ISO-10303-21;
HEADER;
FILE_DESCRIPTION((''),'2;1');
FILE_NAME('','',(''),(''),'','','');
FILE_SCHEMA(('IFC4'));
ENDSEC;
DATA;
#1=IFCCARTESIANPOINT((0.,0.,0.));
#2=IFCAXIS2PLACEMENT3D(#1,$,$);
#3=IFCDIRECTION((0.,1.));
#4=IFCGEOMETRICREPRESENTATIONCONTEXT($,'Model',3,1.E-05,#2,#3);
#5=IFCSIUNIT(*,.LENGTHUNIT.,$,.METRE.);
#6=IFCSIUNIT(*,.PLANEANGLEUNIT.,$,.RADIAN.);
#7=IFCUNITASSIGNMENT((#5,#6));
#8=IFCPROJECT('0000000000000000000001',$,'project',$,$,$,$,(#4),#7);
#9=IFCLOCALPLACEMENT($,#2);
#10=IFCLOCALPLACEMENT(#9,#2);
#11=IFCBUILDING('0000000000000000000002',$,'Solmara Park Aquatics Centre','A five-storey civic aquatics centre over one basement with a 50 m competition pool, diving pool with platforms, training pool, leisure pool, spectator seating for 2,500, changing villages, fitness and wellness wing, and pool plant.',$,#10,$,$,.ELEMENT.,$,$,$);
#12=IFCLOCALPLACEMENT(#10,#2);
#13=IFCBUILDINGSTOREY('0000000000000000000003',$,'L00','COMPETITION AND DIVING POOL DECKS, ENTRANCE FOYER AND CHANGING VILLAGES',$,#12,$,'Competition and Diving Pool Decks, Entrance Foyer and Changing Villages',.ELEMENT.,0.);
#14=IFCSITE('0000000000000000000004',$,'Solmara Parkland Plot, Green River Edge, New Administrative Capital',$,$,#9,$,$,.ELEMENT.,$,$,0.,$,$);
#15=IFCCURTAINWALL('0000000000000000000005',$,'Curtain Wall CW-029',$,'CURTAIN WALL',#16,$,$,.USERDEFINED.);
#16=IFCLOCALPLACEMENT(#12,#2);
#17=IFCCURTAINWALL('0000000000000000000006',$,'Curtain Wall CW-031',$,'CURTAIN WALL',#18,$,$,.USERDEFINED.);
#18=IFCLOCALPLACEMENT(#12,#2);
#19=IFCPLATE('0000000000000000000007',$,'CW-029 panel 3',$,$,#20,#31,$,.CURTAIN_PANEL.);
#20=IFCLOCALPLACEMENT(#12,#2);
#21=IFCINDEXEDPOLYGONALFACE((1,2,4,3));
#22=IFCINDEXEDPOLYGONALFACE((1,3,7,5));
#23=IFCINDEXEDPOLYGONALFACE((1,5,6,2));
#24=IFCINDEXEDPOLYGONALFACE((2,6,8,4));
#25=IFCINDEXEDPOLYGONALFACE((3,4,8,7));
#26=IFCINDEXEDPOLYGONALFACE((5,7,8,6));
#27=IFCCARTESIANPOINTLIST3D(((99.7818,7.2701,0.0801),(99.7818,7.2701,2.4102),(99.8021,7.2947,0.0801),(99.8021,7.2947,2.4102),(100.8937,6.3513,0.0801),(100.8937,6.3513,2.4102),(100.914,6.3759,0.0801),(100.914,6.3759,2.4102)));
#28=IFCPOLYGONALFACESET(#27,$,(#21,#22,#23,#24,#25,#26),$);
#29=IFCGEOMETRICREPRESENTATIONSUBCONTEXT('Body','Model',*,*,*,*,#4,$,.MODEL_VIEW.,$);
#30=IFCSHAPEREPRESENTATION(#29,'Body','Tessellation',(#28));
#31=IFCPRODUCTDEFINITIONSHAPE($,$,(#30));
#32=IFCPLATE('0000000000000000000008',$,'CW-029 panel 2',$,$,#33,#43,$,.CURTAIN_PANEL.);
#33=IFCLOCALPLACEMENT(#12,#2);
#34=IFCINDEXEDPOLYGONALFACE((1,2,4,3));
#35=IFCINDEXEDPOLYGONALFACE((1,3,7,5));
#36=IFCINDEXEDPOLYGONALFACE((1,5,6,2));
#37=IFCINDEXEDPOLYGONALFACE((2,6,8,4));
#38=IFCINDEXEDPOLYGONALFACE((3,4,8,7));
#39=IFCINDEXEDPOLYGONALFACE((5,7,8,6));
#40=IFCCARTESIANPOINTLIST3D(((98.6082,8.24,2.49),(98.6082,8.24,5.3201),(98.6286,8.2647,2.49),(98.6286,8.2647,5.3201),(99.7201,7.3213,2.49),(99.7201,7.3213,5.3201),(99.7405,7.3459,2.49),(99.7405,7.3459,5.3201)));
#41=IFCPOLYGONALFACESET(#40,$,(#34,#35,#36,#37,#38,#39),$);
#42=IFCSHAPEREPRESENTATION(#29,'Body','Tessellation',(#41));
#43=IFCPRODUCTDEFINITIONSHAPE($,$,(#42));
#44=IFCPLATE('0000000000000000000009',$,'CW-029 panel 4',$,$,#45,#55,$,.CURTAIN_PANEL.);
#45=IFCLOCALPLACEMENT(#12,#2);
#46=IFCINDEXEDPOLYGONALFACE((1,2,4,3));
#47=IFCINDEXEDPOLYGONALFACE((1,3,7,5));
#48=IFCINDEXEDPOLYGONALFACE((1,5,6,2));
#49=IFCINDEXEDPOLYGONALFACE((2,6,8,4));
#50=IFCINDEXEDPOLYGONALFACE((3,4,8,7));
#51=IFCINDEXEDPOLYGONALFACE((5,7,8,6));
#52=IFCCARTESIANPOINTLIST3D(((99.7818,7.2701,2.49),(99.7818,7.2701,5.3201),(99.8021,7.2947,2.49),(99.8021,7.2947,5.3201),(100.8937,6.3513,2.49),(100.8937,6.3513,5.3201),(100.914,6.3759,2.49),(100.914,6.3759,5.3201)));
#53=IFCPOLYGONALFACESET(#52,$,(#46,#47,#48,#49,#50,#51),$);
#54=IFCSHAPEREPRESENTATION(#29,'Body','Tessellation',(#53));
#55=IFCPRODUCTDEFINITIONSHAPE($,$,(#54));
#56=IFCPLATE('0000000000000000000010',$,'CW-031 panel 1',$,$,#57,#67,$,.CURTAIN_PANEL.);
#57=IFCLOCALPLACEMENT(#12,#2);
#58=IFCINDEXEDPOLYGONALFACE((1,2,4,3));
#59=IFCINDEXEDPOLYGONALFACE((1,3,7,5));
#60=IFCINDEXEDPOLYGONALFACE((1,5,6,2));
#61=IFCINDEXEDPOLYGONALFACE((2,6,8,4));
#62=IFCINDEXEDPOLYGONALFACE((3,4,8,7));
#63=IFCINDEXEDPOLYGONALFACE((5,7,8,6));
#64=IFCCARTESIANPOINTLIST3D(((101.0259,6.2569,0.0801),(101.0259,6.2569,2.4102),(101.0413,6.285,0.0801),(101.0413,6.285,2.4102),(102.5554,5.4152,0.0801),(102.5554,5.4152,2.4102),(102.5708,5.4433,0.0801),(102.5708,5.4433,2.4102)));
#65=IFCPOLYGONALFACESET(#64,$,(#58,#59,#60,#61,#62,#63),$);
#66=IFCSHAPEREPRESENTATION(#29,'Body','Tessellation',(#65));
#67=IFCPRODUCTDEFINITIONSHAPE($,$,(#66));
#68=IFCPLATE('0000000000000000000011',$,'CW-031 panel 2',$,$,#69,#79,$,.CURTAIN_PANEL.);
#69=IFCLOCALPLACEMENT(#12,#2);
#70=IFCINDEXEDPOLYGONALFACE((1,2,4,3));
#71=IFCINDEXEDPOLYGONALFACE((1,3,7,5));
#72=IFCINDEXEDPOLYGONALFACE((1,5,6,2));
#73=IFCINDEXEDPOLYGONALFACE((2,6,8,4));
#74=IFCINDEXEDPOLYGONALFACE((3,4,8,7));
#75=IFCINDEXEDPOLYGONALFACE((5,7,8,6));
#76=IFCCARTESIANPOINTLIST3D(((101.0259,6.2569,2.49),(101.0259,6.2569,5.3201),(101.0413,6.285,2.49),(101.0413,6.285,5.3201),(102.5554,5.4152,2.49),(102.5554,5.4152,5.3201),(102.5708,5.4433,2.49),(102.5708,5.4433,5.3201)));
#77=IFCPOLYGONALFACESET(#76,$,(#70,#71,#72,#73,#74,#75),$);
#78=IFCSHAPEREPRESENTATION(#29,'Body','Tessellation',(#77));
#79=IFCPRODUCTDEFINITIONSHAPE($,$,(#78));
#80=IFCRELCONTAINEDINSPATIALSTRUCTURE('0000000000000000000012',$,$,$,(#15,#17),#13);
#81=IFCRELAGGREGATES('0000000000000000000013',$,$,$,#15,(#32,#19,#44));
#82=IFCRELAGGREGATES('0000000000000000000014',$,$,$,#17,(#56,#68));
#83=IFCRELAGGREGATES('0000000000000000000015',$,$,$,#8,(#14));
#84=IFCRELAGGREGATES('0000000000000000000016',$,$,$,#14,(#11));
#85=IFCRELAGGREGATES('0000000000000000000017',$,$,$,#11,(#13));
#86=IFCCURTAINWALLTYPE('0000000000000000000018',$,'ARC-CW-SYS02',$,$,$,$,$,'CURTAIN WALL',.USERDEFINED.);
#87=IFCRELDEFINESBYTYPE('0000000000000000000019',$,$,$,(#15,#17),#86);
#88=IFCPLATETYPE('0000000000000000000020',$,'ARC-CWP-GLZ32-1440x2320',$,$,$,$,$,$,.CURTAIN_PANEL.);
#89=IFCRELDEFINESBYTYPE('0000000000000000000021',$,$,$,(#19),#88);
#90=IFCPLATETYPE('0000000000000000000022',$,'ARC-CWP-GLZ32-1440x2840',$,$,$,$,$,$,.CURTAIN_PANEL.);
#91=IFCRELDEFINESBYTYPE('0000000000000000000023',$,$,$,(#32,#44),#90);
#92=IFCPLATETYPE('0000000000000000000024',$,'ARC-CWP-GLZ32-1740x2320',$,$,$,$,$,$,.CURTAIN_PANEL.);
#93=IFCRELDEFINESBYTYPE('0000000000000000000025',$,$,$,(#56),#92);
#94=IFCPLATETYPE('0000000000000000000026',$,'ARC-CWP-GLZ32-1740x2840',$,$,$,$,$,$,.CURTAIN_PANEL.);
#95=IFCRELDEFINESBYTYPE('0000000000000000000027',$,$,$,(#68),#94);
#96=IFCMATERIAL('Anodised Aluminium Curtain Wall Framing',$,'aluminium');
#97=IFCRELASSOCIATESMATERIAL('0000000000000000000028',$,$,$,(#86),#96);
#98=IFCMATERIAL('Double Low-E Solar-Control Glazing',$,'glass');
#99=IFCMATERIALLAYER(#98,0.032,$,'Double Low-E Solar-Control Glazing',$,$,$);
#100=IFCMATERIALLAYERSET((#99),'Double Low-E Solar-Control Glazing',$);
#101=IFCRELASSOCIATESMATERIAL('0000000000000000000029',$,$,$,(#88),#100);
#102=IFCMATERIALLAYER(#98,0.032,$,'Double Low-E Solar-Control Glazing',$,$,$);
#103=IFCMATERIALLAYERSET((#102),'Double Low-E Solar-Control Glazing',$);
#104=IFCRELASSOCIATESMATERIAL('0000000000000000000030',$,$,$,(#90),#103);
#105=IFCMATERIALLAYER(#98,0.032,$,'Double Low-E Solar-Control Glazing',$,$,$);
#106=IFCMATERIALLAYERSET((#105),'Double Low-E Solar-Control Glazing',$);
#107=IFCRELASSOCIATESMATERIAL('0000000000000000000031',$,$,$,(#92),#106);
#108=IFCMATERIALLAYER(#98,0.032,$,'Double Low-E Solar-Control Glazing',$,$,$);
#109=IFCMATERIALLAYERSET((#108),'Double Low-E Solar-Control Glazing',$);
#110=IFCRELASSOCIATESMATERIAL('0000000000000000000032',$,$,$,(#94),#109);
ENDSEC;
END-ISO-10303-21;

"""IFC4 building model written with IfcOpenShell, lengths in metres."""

from ifc_helpers import new_model, si_unit, direction, frame, origin, origin_2d, place, context, subcontext, project, spatial, rectangle, extrude, material, layer, layer_set, type_object, element, aggregate, save


model = new_model("IFC4")

# Units and contexts
model_context = context("Model", 3, precision=1e-05, world=origin(), true_north=direction((0.0, 1.0)))
body_context = subcontext(model_context, "Body", "Model", "MODEL_VIEW")
ifc_project = project(units=[si_unit("LENGTHUNIT", "METRE"), si_unit("PLANEANGLEUNIT", "RADIAN")], contexts=[model_context])

# Site, building, storey
site_placement = place(None, origin())
site = spatial("IfcSite", under=ifc_project, at=site_placement, Name="Solmara Parkland Plot, Green River Edge, New Administrative Capital", CompositionType="ELEMENT", RefElevation=0.0)
building_placement = place(site_placement, origin())
building = spatial("IfcBuilding", under=site, at=building_placement, Name="Solmara Park Aquatics Centre", Description="A five-storey civic aquatics centre over one basement with a 50 m competition pool, diving pool with platforms, training pool, leisure pool, spectator seating for 2,500, changing villages, fitness and wellness wing, and pool plant.", CompositionType="ELEMENT")
storey_placement = place(building_placement, origin())
storey = spatial("IfcBuildingStorey", under=building, at=storey_placement, Name="L00", Description="COMPETITION AND DIVING POOL DECKS, ENTRANCE FOYER AND CHANGING VILLAGES", LongName="Competition and Diving Pool Decks, Entrance Foyer and Changing Villages", CompositionType="ELEMENT", Elevation=0.0)

# Curtain walls
ifc_material_1 = material(Name="Anodised Aluminium Curtain Wall Framing", Category="aluminium")
curtain_wall_type = type_object("IfcCurtainWallType", Name="ARC-CW-SYS02", ElementType="CURTAIN WALL", PredefinedType="USERDEFINED", material=ifc_material_1)
curtain_wall_1_placement = place(storey_placement, origin())
curtain_wall_1 = element("IfcCurtainWall", 1, at=curtain_wall_1_placement, inside=storey, type_object=curtain_wall_type, Name="Curtain Wall CW-029", ObjectType="CURTAIN WALL", PredefinedType="USERDEFINED")
curtain_wall_2_placement = place(storey_placement, origin())
curtain_wall_2 = element("IfcCurtainWall", 2, at=curtain_wall_2_placement, inside=storey, type_object=curtain_wall_type, Name="Curtain Wall CW-031", ObjectType="CURTAIN WALL", PredefinedType="USERDEFINED")

# Plates
ifc_material_2 = material(Name="Double Low-E Solar-Control Glazing", Category="glass")
ifc_layer_1 = layer(ifc_material_2, 0.032, Name="Double Low-E Solar-Control Glazing")
ifc_layer_set_1 = layer_set([ifc_layer_1], Name="Double Low-E Solar-Control Glazing")
plate_type_1 = type_object("IfcPlateType", Name="ARC-CWP-GLZ32-1440x2320", PredefinedType="CURTAIN_PANEL", material=ifc_layer_set_1)
plate_1_placement = place(storey_placement, frame((100.3479, 6.823, 0.0801), z_axis=(0.0, 0.0, 1.0), x_axis=(0.770877, -0.636984, 0.0)))
plate_1 = element("IfcPlate", 3, at=plate_1_placement, type_object=plate_type_1, Name="CW-029 panel 3", PredefinedType="CURTAIN_PANEL", context=body_context, shape_type="SweptSolid", body=[
    extrude(rectangle(XDim=1.4424, YDim=0.032, at=origin_2d()), origin(), (0.0, 0.0, 1.0), 2.3301),
])
ifc_layer_2 = layer(ifc_material_2, 0.032, Name="Double Low-E Solar-Control Glazing")
ifc_layer_set_2 = layer_set([ifc_layer_2], Name="Double Low-E Solar-Control Glazing")
plate_type_2 = type_object("IfcPlateType", Name="ARC-CWP-GLZ32-1440x2840", PredefinedType="CURTAIN_PANEL", material=ifc_layer_set_2)
plate_2_placement = place(storey_placement, frame((99.1743, 7.793, 2.49), z_axis=(0.0, 0.0, 1.0), x_axis=(0.770877, -0.636984, 0.0)))
plate_2 = element("IfcPlate", 4, at=plate_2_placement, type_object=plate_type_2, Name="CW-029 panel 2", PredefinedType="CURTAIN_PANEL", context=body_context, shape_type="SweptSolid", body=[
    extrude(rectangle(XDim=1.4424, YDim=0.032, at=origin_2d()), origin(), (0.0, 0.0, 1.0), 2.8301),
])
plate_3_placement = place(storey_placement, frame((100.3479, 6.823, 2.49), z_axis=(0.0, 0.0, 1.0), x_axis=(0.770877, -0.636984, 0.0)))
plate_3 = element("IfcPlate", 5, at=plate_3_placement, type_object=plate_type_2, Name="CW-029 panel 4", PredefinedType="CURTAIN_PANEL", context=body_context, shape_type="SweptSolid", body=[
    extrude(rectangle(XDim=1.4424, YDim=0.032, at=origin_2d()), origin(), (0.0, 0.0, 1.0), 2.8301),
])
aggregate(curtain_wall_1, [plate_2, plate_1, plate_3])
ifc_layer_3 = layer(ifc_material_2, 0.032, Name="Double Low-E Solar-Control Glazing")
ifc_layer_set_3 = layer_set([ifc_layer_3], Name="Double Low-E Solar-Control Glazing")
plate_type_3 = type_object("IfcPlateType", Name="ARC-CWP-GLZ32-1740x2320", PredefinedType="CURTAIN_PANEL", material=ifc_layer_set_3)
plate_4_placement = place(storey_placement, frame((101.7983, 5.8501, 0.0801), z_axis=(0.0, 0.0, 1.0), x_axis=(0.876105, -0.482121, 0.0)))
plate_4 = element("IfcPlate", 6, at=plate_4_placement, type_object=plate_type_3, Name="CW-031 panel 1", PredefinedType="CURTAIN_PANEL", context=body_context, shape_type="SweptSolid", body=[
    extrude(rectangle(XDim=1.7458, YDim=0.032, at=origin_2d()), origin(), (0.0, 0.0, 1.0), 2.3301),
])
ifc_layer_4 = layer(ifc_material_2, 0.032, Name="Double Low-E Solar-Control Glazing")
ifc_layer_set_4 = layer_set([ifc_layer_4], Name="Double Low-E Solar-Control Glazing")
plate_type_4 = type_object("IfcPlateType", Name="ARC-CWP-GLZ32-1740x2840", PredefinedType="CURTAIN_PANEL", material=ifc_layer_set_4)
plate_5_placement = place(storey_placement, frame((101.7983, 5.8501, 2.49), z_axis=(0.0, 0.0, 1.0), x_axis=(0.876105, -0.482121, 0.0)))
plate_5 = element("IfcPlate", 7, at=plate_5_placement, type_object=plate_type_4, Name="CW-031 panel 2", PredefinedType="CURTAIN_PANEL", context=body_context, shape_type="SweptSolid", body=[
    extrude(rectangle(XDim=1.7458, YDim=0.032, at=origin_2d()), origin(), (0.0, 0.0, 1.0), 2.8301),
])
aggregate(curtain_wall_2, [plate_4, plate_5])

save(model, "model.ifc")
